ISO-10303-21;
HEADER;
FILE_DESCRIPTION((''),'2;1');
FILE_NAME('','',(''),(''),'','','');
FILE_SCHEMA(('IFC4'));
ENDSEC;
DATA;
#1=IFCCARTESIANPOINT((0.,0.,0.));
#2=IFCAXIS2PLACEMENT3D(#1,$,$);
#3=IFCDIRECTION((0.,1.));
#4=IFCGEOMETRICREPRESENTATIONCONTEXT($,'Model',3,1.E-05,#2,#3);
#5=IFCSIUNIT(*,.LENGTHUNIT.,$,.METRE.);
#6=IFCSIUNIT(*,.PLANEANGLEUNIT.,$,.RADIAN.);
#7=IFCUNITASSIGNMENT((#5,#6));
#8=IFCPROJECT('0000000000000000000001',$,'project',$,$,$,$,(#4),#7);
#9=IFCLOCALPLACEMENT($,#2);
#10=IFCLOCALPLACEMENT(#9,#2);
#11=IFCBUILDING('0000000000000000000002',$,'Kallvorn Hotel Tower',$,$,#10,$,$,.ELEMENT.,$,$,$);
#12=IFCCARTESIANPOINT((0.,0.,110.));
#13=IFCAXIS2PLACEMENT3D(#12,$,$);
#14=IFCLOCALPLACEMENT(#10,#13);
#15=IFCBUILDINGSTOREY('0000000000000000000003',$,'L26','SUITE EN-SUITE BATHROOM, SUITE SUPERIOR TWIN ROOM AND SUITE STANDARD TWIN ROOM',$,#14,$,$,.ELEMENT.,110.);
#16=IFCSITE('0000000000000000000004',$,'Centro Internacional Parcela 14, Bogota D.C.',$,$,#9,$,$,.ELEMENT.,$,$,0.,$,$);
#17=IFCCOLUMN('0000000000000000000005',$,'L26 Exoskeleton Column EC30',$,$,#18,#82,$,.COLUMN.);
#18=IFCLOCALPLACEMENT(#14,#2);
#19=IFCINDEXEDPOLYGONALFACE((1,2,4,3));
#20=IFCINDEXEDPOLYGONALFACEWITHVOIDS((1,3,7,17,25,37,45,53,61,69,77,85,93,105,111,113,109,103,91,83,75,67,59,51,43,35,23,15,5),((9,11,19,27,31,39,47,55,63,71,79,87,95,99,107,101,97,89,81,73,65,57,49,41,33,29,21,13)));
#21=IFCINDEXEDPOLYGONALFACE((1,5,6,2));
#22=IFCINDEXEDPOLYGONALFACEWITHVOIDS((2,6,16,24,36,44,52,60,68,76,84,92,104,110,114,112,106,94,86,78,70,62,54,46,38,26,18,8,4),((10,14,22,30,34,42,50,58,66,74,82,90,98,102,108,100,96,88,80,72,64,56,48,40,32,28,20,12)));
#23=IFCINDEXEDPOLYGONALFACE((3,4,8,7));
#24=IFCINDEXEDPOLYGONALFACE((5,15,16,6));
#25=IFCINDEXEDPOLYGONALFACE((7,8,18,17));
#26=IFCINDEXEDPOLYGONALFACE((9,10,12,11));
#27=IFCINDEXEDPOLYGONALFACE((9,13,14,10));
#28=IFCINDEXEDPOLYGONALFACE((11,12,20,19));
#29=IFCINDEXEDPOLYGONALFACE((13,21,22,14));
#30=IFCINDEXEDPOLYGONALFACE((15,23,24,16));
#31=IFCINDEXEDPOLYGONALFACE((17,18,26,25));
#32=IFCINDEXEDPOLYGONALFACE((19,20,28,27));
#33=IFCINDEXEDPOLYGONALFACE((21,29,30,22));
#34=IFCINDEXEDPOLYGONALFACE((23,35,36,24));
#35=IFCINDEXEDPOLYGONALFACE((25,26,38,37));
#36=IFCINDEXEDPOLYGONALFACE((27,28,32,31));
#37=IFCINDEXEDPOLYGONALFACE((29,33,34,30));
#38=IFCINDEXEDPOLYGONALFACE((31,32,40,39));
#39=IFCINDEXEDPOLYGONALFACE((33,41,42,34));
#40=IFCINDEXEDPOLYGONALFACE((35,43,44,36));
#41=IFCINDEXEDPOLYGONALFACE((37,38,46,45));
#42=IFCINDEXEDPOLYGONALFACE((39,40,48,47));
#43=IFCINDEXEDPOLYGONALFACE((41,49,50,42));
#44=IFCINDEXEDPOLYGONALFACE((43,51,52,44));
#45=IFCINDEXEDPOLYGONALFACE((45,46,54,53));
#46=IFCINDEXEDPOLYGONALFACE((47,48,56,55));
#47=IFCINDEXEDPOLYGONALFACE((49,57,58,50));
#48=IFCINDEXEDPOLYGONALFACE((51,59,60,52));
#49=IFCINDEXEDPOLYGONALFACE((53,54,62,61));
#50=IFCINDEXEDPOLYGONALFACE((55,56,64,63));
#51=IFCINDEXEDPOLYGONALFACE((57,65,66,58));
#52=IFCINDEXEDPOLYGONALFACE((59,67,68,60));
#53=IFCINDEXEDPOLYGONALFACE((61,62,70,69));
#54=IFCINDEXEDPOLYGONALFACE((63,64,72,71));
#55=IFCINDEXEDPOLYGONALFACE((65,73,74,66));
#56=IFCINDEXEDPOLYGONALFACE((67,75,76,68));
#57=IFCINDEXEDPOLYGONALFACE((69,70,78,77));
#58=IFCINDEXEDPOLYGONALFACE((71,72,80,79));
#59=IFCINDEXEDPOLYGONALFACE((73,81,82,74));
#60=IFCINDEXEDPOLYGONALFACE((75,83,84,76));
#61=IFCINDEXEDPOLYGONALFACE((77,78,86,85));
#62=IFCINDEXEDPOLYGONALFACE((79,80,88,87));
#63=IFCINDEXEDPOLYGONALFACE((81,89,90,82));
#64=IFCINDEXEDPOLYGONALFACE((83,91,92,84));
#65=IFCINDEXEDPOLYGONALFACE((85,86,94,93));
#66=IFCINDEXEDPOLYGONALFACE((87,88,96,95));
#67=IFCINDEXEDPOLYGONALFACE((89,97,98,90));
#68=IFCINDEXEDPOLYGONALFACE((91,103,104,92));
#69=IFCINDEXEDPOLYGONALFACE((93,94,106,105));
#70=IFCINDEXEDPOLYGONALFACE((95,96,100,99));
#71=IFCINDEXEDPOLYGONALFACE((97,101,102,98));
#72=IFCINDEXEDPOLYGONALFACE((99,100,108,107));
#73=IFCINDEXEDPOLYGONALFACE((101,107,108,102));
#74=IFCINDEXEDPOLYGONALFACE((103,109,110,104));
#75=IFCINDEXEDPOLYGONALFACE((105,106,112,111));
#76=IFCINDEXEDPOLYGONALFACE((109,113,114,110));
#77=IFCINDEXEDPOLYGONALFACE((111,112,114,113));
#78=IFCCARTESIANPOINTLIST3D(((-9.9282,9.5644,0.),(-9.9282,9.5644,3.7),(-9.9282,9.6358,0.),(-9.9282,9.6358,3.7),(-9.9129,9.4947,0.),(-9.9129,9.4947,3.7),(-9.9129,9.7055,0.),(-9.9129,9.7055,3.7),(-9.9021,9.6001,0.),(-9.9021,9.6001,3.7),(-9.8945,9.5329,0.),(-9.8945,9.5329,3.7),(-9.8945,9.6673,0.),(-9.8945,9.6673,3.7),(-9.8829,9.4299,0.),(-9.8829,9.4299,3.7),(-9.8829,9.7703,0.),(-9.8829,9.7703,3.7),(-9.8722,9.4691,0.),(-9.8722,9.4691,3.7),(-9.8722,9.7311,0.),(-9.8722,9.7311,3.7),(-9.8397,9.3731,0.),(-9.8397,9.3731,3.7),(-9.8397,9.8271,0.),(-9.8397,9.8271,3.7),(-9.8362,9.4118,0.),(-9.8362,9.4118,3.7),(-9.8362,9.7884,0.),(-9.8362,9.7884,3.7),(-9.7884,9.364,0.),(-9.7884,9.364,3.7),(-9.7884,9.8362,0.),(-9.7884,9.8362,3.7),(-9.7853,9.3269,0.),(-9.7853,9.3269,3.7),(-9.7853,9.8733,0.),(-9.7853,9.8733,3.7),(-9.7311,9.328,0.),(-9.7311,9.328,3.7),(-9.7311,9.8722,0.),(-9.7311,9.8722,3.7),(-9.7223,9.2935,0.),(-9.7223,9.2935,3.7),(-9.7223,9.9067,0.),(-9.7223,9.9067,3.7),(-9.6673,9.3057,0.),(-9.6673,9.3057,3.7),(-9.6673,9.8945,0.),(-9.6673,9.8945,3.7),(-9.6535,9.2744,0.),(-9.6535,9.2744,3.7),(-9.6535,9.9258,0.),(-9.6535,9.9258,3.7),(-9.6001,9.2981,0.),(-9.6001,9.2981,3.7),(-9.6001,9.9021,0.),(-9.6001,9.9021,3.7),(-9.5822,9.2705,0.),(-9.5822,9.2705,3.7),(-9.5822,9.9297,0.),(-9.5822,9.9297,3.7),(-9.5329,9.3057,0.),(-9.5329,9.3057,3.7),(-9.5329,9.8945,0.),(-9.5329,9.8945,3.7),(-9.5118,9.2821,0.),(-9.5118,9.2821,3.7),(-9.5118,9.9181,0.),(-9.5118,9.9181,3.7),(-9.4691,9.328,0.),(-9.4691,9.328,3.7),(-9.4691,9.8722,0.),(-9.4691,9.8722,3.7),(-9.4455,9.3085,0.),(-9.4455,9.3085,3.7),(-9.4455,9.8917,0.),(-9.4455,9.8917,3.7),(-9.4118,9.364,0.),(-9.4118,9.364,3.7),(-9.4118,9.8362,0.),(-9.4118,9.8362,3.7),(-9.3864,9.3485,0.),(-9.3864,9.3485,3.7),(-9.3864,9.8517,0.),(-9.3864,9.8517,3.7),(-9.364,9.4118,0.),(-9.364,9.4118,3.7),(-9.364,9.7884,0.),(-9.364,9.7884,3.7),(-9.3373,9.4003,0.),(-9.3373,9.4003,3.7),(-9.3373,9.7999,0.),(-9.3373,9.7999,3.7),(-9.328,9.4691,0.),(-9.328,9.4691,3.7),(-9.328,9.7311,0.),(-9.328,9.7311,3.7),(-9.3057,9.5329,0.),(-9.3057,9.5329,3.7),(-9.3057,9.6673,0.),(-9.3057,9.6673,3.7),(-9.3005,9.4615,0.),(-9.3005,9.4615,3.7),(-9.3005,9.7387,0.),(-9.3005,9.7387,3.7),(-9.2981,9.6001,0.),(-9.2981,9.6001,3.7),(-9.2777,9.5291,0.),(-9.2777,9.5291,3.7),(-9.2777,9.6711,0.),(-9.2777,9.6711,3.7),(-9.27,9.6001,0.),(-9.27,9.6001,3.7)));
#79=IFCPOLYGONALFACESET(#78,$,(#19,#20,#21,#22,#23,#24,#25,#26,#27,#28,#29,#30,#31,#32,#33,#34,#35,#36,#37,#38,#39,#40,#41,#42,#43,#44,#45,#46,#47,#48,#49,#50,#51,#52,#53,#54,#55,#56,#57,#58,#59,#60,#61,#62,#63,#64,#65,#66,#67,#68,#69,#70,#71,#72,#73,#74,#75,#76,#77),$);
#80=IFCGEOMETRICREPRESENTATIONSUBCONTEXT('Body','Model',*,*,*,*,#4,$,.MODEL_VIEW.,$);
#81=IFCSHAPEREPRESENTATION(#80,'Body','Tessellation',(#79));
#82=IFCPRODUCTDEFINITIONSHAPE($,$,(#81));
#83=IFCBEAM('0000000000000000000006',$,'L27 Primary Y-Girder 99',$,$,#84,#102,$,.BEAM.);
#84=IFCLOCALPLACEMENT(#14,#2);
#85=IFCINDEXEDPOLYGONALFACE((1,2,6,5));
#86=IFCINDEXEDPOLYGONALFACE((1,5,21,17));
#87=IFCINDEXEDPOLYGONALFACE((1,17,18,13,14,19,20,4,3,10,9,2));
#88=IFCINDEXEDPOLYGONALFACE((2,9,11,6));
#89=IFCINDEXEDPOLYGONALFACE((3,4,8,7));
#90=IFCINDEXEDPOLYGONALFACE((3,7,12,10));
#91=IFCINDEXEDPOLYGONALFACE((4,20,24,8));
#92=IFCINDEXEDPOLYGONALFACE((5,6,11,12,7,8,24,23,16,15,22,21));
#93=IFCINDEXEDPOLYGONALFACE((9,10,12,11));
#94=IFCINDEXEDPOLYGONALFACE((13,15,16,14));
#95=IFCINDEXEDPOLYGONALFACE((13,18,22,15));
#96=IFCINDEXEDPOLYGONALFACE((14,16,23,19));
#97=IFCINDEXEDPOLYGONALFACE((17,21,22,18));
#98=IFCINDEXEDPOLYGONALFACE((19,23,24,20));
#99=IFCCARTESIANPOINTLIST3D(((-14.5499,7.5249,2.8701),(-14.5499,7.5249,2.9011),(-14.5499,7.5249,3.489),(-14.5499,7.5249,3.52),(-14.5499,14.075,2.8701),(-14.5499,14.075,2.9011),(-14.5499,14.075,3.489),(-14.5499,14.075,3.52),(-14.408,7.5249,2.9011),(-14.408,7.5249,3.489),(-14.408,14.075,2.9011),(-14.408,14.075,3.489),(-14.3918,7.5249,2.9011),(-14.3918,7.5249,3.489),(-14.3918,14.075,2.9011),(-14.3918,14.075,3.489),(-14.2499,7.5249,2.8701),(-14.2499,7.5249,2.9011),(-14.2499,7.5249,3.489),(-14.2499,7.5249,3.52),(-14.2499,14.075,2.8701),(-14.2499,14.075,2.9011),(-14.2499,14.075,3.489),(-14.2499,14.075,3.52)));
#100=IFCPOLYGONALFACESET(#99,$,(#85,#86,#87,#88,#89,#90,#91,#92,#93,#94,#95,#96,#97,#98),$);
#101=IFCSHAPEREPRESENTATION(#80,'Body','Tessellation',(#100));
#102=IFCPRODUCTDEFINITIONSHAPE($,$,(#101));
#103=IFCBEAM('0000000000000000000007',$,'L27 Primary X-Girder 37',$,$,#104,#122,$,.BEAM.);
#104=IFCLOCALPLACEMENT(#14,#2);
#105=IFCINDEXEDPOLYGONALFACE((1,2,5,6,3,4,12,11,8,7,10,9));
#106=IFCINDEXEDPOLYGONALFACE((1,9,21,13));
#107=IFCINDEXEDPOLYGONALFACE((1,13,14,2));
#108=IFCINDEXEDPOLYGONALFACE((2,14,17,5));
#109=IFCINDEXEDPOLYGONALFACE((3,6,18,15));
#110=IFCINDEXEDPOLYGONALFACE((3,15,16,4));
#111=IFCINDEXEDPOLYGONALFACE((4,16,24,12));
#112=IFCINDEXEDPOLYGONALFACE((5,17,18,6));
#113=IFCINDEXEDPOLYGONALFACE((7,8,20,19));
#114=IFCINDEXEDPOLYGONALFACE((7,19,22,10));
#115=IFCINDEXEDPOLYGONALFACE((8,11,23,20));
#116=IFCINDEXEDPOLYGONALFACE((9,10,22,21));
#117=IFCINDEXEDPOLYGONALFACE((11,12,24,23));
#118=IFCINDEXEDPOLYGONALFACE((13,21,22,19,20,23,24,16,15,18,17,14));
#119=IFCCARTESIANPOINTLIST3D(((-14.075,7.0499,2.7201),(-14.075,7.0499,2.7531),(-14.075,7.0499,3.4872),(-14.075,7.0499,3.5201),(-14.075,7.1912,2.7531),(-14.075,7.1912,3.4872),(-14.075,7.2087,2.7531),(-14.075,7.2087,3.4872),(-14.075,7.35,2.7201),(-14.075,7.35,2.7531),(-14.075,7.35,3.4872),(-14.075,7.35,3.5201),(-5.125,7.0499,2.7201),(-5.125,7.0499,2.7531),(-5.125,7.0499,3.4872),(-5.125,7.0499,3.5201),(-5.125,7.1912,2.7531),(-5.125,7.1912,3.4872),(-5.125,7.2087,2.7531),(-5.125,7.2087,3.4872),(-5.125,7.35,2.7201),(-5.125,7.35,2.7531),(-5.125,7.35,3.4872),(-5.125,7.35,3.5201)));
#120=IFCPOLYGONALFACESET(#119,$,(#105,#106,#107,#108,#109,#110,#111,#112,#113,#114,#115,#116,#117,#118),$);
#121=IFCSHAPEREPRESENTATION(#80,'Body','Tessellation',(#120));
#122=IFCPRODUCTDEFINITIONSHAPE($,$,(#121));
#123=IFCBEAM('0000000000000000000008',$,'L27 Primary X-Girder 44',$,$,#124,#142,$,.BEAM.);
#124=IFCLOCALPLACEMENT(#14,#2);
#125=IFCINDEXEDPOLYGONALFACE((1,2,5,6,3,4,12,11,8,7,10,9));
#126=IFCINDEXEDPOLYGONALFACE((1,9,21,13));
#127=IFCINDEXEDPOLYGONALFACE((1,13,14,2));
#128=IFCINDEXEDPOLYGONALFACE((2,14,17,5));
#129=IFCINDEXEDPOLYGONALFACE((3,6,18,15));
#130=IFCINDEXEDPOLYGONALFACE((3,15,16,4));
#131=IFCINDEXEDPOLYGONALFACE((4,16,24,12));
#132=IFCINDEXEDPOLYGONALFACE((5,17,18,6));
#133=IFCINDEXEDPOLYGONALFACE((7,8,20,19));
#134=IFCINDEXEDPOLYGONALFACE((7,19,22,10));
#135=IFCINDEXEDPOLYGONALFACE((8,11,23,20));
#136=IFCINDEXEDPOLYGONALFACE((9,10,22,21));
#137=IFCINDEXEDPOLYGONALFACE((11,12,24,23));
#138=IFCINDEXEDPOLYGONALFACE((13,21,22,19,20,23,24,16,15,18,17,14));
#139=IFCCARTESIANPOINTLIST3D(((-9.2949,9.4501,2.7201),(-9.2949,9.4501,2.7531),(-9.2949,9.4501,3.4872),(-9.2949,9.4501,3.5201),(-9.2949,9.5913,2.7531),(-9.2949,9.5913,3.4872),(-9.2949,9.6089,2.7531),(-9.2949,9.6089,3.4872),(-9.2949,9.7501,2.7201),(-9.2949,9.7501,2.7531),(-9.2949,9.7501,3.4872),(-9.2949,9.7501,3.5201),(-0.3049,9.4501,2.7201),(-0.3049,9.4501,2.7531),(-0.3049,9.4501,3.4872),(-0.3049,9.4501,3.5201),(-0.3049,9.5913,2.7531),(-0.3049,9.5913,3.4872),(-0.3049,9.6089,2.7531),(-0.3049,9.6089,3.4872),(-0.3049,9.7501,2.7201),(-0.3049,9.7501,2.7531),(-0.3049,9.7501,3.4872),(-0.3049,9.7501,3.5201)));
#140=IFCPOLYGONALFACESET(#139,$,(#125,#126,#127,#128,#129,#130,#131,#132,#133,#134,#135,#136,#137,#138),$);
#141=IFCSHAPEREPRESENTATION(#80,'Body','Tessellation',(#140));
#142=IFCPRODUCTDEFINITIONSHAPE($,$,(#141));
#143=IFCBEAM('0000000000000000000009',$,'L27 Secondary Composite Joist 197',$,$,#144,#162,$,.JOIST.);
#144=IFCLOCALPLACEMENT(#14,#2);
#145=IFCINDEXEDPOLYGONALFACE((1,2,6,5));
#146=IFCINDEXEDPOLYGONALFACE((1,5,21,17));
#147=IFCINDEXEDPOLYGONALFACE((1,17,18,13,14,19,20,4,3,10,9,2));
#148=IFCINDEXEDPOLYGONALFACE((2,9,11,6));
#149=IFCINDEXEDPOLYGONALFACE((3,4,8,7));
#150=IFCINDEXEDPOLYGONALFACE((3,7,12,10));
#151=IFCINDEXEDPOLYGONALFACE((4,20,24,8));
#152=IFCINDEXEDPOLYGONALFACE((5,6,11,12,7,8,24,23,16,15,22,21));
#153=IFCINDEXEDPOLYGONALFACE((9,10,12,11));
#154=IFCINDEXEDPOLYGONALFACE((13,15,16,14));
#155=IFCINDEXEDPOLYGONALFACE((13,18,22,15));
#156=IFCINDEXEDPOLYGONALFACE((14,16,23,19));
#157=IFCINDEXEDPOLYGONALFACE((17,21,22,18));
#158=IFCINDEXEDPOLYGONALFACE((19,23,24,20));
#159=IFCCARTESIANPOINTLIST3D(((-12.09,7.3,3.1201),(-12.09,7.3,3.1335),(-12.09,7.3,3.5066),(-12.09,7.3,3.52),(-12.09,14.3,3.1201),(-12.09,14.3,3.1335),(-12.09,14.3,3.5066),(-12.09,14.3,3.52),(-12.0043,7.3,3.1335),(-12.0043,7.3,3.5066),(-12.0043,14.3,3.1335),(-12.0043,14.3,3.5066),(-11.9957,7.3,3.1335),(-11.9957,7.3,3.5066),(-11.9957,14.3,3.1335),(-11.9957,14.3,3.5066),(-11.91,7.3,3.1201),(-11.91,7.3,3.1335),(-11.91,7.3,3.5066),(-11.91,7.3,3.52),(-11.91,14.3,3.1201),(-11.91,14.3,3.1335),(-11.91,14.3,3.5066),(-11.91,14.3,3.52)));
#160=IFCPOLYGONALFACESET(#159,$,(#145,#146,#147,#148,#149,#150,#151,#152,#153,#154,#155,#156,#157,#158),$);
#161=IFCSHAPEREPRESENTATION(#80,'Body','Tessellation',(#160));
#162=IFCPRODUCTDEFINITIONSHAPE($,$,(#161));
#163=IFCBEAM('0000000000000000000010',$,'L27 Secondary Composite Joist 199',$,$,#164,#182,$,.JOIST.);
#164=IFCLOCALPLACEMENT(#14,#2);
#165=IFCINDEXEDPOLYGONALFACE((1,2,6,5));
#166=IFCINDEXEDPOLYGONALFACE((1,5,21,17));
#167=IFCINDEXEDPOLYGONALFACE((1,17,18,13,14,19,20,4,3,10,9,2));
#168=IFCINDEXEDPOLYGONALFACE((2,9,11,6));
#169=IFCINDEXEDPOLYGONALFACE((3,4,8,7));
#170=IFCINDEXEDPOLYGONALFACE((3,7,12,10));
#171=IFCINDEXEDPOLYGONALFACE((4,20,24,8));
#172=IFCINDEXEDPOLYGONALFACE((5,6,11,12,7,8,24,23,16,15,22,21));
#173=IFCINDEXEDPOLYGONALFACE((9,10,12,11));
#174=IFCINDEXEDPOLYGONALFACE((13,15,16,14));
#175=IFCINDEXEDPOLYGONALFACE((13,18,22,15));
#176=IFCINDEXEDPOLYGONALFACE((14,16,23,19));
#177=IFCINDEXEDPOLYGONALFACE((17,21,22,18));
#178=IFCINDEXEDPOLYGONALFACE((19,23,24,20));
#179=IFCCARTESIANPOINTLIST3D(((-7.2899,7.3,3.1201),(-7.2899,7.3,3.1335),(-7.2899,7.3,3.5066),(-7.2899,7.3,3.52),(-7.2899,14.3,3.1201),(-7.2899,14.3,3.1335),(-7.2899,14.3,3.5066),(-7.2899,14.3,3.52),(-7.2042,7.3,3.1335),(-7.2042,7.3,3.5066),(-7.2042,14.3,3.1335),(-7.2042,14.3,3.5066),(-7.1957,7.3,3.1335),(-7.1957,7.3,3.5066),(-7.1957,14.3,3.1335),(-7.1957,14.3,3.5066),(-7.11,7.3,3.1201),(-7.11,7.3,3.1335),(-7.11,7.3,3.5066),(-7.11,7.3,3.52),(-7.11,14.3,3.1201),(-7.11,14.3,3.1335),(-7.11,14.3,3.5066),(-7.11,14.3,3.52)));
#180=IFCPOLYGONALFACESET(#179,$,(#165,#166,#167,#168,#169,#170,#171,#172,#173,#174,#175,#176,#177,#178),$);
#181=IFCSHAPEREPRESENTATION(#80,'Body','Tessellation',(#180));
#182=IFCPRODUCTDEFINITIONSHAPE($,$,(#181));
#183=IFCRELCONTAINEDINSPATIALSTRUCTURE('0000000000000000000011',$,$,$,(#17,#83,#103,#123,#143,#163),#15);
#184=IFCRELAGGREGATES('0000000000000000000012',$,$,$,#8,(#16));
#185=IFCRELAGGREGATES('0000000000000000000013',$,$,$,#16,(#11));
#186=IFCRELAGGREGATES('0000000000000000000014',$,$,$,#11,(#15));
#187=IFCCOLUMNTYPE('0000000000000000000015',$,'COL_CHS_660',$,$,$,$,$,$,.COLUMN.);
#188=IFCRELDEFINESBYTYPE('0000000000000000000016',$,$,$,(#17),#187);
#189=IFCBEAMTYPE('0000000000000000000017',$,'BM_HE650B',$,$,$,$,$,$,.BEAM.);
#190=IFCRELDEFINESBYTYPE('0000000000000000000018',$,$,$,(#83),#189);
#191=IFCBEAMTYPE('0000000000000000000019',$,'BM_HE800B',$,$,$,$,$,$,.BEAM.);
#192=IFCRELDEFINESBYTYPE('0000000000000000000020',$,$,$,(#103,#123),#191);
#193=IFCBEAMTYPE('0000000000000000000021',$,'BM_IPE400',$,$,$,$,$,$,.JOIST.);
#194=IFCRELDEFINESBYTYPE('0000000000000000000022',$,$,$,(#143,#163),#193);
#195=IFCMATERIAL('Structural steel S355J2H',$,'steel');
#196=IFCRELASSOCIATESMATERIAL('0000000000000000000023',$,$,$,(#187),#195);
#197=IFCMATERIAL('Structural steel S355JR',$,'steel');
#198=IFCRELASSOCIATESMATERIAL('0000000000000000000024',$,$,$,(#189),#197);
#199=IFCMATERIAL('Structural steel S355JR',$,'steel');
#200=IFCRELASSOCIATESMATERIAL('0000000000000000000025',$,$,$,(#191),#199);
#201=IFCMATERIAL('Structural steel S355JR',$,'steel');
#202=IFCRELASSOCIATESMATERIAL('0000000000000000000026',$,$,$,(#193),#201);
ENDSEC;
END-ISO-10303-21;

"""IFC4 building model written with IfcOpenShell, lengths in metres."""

from ifc_helpers import new_model, si_unit, direction, frame, origin, origin_2d, place, context, subcontext, project, spatial, hollow_circle, i_section, extrude, material, material_profile, profile_set, type_object, element, save


model = new_model("IFC4")

# Units and contexts
model_context = context("Model", 3, precision=1e-05, world=origin(), true_north=direction((0.0, 1.0)))
body_context = subcontext(model_context, "Body", "Model", "MODEL_VIEW")
ifc_project = project(units=[si_unit("LENGTHUNIT", "METRE"), si_unit("PLANEANGLEUNIT", "RADIAN")], contexts=[model_context])

# Site, building, storey
site_placement = place(None, origin())
site = spatial("IfcSite", under=ifc_project, at=site_placement, Name="Centro Internacional Parcela 14, Bogota D.C.", CompositionType="ELEMENT", RefElevation=0.0)
building_placement = place(site_placement, origin())
building = spatial("IfcBuilding", under=site, at=building_placement, Name="Kallvorn Hotel Tower", CompositionType="ELEMENT")
storey_placement = place(building_placement, frame((0.0, 0.0, 110.0)))
storey = spatial("IfcBuildingStorey", under=building, at=storey_placement, Name="L26", Description="SUITE EN-SUITE BATHROOM, SUITE SUPERIOR TWIN ROOM AND SUITE STANDARD TWIN ROOM", CompositionType="ELEMENT", Elevation=110.0)

# Column
ifc_material_1 = material(Name="Structural steel S355J2H", Category="steel")
ifc_material_profile_1 = material_profile(ifc_material_1, hollow_circle(Radius=0.3301, WallThickness=0.0281, at=origin_2d()), Name="CHS 660x28")
ifc_profile_set_1 = profile_set([ifc_material_profile_1], Name="Structural steel S355J2H")
column_type = type_object("IfcColumnType", Name="COL_CHS_660", PredefinedType="COLUMN", material=ifc_profile_set_1)
column_placement = place(storey_placement, frame((-9.6001, 9.6001, 0.0), z_axis=(0.0, 0.0, 1.0), x_axis=(1.0, 0.0, 0.0)))
element("IfcColumn", 1, at=column_placement, inside=storey, type_object=column_type, Name="L26 Exoskeleton Column EC30", PredefinedType="COLUMN", context=body_context, shape_type="SweptSolid", body=[
    extrude(hollow_circle(Radius=0.3301, WallThickness=0.0281, at=origin_2d()), origin(), (0.0, 0.0, 1.0), 3.7),
])

# Beams
ifc_material_2 = material(Name="Structural steel S355JR", Category="steel")
ifc_material_profile_2 = material_profile(ifc_material_2, i_section(OverallWidth=0.3, OverallDepth=0.6499, WebThickness=0.0161, FlangeThickness=0.031, at=origin_2d()), Name="HE 650 B")
ifc_profile_set_2 = profile_set([ifc_material_profile_2], Name="Structural steel S355JR")
beam_type_1 = type_object("IfcBeamType", Name="BM_HE650B", PredefinedType="BEAM", material=ifc_profile_set_2)
beam_1_placement = place(storey_placement, frame((-14.3999, 7.5249, 3.1951), z_axis=(0.0, 1.0, 0.0), x_axis=(-1.0, 0.0, 0.0)))
element("IfcBeam", 2, at=beam_1_placement, inside=storey, type_object=beam_type_1, Name="L27 Primary Y-Girder 99", PredefinedType="BEAM", context=body_context, shape_type="SweptSolid", body=[
    extrude(i_section(OverallWidth=0.3, OverallDepth=0.6499, WebThickness=0.0161, FlangeThickness=0.031, at=origin_2d()), origin(), (0.0, 0.0, 1.0), 6.55),
])
ifc_material_3 = material(Name="Structural steel S355JR", Category="steel")
ifc_material_profile_3 = material_profile(ifc_material_3, i_section(OverallWidth=0.3, OverallDepth=0.8, WebThickness=0.0176, FlangeThickness=0.033, at=origin_2d()), Name="HE 800 B")
ifc_profile_set_3 = profile_set([ifc_material_profile_3], Name="Structural steel S355JR")
beam_type_2 = type_object("IfcBeamType", Name="BM_HE800B", PredefinedType="BEAM", material=ifc_profile_set_3)
beam_2_placement = place(storey_placement, frame((-14.075, 7.2, 3.1201), z_axis=(1.0, 0.0, 0.0), x_axis=(0.0, 1.0, 0.0)))
element("IfcBeam", 3, at=beam_2_placement, inside=storey, type_object=beam_type_2, Name="L27 Primary X-Girder 37", PredefinedType="BEAM", context=body_context, shape_type="SweptSolid", body=[
    extrude(i_section(OverallWidth=0.3, OverallDepth=0.8, WebThickness=0.0176, FlangeThickness=0.033, at=origin_2d()), origin(), (0.0, 0.0, 1.0), 8.95),
])
beam_3_placement = place(storey_placement, frame((-9.2949, 9.6001, 3.1201), z_axis=(1.0, 0.0, 0.0), x_axis=(0.0, 1.0, 0.0)))
element("IfcBeam", 4, at=beam_3_placement, inside=storey, type_object=beam_type_2, Name="L27 Primary X-Girder 44", PredefinedType="BEAM", context=body_context, shape_type="SweptSolid", body=[
    extrude(i_section(OverallWidth=0.3, OverallDepth=0.8, WebThickness=0.0176, FlangeThickness=0.033, at=origin_2d()), origin(), (0.0, 0.0, 1.0), 8.99),
])
ifc_material_4 = material(Name="Structural steel S355JR", Category="steel")
ifc_material_profile_4 = material_profile(ifc_material_4, i_section(OverallWidth=0.1799, OverallDepth=0.3999, WebThickness=0.0085, FlangeThickness=0.0134, at=origin_2d()), Name="IPE 400")
ifc_profile_set_4 = profile_set([ifc_material_profile_4], Name="Structural steel S355JR")
beam_type_3 = type_object("IfcBeamType", Name="BM_IPE400", PredefinedType="JOIST", material=ifc_profile_set_4)
for number, where, z_axis, x_axis, name in (
    (5, (-12.0, 7.3, 3.3201), (0.0, 1.0, 0.0), (-1.0, 0.0, 0.0), "L27 Secondary Composite Joist 197"),
    (6, (-7.2, 7.3, 3.3201), (0.0, 1.0, 0.0), (-1.0, 0.0, 0.0), "L27 Secondary Composite Joist 199"),
):
    element("IfcBeam", number, at=place(storey_placement, frame(where, z_axis=z_axis, x_axis=x_axis)), inside=storey, type_object=beam_type_3, Name=name, PredefinedType="JOIST", context=body_context, shape_type="SweptSolid", body=[
        extrude(i_section(OverallWidth=0.1799, OverallDepth=0.3999, WebThickness=0.0085, FlangeThickness=0.0134, at=origin_2d()), origin(), (0.0, 0.0, 1.0), 7.0),
    ])

save(model, "model.ifc")
